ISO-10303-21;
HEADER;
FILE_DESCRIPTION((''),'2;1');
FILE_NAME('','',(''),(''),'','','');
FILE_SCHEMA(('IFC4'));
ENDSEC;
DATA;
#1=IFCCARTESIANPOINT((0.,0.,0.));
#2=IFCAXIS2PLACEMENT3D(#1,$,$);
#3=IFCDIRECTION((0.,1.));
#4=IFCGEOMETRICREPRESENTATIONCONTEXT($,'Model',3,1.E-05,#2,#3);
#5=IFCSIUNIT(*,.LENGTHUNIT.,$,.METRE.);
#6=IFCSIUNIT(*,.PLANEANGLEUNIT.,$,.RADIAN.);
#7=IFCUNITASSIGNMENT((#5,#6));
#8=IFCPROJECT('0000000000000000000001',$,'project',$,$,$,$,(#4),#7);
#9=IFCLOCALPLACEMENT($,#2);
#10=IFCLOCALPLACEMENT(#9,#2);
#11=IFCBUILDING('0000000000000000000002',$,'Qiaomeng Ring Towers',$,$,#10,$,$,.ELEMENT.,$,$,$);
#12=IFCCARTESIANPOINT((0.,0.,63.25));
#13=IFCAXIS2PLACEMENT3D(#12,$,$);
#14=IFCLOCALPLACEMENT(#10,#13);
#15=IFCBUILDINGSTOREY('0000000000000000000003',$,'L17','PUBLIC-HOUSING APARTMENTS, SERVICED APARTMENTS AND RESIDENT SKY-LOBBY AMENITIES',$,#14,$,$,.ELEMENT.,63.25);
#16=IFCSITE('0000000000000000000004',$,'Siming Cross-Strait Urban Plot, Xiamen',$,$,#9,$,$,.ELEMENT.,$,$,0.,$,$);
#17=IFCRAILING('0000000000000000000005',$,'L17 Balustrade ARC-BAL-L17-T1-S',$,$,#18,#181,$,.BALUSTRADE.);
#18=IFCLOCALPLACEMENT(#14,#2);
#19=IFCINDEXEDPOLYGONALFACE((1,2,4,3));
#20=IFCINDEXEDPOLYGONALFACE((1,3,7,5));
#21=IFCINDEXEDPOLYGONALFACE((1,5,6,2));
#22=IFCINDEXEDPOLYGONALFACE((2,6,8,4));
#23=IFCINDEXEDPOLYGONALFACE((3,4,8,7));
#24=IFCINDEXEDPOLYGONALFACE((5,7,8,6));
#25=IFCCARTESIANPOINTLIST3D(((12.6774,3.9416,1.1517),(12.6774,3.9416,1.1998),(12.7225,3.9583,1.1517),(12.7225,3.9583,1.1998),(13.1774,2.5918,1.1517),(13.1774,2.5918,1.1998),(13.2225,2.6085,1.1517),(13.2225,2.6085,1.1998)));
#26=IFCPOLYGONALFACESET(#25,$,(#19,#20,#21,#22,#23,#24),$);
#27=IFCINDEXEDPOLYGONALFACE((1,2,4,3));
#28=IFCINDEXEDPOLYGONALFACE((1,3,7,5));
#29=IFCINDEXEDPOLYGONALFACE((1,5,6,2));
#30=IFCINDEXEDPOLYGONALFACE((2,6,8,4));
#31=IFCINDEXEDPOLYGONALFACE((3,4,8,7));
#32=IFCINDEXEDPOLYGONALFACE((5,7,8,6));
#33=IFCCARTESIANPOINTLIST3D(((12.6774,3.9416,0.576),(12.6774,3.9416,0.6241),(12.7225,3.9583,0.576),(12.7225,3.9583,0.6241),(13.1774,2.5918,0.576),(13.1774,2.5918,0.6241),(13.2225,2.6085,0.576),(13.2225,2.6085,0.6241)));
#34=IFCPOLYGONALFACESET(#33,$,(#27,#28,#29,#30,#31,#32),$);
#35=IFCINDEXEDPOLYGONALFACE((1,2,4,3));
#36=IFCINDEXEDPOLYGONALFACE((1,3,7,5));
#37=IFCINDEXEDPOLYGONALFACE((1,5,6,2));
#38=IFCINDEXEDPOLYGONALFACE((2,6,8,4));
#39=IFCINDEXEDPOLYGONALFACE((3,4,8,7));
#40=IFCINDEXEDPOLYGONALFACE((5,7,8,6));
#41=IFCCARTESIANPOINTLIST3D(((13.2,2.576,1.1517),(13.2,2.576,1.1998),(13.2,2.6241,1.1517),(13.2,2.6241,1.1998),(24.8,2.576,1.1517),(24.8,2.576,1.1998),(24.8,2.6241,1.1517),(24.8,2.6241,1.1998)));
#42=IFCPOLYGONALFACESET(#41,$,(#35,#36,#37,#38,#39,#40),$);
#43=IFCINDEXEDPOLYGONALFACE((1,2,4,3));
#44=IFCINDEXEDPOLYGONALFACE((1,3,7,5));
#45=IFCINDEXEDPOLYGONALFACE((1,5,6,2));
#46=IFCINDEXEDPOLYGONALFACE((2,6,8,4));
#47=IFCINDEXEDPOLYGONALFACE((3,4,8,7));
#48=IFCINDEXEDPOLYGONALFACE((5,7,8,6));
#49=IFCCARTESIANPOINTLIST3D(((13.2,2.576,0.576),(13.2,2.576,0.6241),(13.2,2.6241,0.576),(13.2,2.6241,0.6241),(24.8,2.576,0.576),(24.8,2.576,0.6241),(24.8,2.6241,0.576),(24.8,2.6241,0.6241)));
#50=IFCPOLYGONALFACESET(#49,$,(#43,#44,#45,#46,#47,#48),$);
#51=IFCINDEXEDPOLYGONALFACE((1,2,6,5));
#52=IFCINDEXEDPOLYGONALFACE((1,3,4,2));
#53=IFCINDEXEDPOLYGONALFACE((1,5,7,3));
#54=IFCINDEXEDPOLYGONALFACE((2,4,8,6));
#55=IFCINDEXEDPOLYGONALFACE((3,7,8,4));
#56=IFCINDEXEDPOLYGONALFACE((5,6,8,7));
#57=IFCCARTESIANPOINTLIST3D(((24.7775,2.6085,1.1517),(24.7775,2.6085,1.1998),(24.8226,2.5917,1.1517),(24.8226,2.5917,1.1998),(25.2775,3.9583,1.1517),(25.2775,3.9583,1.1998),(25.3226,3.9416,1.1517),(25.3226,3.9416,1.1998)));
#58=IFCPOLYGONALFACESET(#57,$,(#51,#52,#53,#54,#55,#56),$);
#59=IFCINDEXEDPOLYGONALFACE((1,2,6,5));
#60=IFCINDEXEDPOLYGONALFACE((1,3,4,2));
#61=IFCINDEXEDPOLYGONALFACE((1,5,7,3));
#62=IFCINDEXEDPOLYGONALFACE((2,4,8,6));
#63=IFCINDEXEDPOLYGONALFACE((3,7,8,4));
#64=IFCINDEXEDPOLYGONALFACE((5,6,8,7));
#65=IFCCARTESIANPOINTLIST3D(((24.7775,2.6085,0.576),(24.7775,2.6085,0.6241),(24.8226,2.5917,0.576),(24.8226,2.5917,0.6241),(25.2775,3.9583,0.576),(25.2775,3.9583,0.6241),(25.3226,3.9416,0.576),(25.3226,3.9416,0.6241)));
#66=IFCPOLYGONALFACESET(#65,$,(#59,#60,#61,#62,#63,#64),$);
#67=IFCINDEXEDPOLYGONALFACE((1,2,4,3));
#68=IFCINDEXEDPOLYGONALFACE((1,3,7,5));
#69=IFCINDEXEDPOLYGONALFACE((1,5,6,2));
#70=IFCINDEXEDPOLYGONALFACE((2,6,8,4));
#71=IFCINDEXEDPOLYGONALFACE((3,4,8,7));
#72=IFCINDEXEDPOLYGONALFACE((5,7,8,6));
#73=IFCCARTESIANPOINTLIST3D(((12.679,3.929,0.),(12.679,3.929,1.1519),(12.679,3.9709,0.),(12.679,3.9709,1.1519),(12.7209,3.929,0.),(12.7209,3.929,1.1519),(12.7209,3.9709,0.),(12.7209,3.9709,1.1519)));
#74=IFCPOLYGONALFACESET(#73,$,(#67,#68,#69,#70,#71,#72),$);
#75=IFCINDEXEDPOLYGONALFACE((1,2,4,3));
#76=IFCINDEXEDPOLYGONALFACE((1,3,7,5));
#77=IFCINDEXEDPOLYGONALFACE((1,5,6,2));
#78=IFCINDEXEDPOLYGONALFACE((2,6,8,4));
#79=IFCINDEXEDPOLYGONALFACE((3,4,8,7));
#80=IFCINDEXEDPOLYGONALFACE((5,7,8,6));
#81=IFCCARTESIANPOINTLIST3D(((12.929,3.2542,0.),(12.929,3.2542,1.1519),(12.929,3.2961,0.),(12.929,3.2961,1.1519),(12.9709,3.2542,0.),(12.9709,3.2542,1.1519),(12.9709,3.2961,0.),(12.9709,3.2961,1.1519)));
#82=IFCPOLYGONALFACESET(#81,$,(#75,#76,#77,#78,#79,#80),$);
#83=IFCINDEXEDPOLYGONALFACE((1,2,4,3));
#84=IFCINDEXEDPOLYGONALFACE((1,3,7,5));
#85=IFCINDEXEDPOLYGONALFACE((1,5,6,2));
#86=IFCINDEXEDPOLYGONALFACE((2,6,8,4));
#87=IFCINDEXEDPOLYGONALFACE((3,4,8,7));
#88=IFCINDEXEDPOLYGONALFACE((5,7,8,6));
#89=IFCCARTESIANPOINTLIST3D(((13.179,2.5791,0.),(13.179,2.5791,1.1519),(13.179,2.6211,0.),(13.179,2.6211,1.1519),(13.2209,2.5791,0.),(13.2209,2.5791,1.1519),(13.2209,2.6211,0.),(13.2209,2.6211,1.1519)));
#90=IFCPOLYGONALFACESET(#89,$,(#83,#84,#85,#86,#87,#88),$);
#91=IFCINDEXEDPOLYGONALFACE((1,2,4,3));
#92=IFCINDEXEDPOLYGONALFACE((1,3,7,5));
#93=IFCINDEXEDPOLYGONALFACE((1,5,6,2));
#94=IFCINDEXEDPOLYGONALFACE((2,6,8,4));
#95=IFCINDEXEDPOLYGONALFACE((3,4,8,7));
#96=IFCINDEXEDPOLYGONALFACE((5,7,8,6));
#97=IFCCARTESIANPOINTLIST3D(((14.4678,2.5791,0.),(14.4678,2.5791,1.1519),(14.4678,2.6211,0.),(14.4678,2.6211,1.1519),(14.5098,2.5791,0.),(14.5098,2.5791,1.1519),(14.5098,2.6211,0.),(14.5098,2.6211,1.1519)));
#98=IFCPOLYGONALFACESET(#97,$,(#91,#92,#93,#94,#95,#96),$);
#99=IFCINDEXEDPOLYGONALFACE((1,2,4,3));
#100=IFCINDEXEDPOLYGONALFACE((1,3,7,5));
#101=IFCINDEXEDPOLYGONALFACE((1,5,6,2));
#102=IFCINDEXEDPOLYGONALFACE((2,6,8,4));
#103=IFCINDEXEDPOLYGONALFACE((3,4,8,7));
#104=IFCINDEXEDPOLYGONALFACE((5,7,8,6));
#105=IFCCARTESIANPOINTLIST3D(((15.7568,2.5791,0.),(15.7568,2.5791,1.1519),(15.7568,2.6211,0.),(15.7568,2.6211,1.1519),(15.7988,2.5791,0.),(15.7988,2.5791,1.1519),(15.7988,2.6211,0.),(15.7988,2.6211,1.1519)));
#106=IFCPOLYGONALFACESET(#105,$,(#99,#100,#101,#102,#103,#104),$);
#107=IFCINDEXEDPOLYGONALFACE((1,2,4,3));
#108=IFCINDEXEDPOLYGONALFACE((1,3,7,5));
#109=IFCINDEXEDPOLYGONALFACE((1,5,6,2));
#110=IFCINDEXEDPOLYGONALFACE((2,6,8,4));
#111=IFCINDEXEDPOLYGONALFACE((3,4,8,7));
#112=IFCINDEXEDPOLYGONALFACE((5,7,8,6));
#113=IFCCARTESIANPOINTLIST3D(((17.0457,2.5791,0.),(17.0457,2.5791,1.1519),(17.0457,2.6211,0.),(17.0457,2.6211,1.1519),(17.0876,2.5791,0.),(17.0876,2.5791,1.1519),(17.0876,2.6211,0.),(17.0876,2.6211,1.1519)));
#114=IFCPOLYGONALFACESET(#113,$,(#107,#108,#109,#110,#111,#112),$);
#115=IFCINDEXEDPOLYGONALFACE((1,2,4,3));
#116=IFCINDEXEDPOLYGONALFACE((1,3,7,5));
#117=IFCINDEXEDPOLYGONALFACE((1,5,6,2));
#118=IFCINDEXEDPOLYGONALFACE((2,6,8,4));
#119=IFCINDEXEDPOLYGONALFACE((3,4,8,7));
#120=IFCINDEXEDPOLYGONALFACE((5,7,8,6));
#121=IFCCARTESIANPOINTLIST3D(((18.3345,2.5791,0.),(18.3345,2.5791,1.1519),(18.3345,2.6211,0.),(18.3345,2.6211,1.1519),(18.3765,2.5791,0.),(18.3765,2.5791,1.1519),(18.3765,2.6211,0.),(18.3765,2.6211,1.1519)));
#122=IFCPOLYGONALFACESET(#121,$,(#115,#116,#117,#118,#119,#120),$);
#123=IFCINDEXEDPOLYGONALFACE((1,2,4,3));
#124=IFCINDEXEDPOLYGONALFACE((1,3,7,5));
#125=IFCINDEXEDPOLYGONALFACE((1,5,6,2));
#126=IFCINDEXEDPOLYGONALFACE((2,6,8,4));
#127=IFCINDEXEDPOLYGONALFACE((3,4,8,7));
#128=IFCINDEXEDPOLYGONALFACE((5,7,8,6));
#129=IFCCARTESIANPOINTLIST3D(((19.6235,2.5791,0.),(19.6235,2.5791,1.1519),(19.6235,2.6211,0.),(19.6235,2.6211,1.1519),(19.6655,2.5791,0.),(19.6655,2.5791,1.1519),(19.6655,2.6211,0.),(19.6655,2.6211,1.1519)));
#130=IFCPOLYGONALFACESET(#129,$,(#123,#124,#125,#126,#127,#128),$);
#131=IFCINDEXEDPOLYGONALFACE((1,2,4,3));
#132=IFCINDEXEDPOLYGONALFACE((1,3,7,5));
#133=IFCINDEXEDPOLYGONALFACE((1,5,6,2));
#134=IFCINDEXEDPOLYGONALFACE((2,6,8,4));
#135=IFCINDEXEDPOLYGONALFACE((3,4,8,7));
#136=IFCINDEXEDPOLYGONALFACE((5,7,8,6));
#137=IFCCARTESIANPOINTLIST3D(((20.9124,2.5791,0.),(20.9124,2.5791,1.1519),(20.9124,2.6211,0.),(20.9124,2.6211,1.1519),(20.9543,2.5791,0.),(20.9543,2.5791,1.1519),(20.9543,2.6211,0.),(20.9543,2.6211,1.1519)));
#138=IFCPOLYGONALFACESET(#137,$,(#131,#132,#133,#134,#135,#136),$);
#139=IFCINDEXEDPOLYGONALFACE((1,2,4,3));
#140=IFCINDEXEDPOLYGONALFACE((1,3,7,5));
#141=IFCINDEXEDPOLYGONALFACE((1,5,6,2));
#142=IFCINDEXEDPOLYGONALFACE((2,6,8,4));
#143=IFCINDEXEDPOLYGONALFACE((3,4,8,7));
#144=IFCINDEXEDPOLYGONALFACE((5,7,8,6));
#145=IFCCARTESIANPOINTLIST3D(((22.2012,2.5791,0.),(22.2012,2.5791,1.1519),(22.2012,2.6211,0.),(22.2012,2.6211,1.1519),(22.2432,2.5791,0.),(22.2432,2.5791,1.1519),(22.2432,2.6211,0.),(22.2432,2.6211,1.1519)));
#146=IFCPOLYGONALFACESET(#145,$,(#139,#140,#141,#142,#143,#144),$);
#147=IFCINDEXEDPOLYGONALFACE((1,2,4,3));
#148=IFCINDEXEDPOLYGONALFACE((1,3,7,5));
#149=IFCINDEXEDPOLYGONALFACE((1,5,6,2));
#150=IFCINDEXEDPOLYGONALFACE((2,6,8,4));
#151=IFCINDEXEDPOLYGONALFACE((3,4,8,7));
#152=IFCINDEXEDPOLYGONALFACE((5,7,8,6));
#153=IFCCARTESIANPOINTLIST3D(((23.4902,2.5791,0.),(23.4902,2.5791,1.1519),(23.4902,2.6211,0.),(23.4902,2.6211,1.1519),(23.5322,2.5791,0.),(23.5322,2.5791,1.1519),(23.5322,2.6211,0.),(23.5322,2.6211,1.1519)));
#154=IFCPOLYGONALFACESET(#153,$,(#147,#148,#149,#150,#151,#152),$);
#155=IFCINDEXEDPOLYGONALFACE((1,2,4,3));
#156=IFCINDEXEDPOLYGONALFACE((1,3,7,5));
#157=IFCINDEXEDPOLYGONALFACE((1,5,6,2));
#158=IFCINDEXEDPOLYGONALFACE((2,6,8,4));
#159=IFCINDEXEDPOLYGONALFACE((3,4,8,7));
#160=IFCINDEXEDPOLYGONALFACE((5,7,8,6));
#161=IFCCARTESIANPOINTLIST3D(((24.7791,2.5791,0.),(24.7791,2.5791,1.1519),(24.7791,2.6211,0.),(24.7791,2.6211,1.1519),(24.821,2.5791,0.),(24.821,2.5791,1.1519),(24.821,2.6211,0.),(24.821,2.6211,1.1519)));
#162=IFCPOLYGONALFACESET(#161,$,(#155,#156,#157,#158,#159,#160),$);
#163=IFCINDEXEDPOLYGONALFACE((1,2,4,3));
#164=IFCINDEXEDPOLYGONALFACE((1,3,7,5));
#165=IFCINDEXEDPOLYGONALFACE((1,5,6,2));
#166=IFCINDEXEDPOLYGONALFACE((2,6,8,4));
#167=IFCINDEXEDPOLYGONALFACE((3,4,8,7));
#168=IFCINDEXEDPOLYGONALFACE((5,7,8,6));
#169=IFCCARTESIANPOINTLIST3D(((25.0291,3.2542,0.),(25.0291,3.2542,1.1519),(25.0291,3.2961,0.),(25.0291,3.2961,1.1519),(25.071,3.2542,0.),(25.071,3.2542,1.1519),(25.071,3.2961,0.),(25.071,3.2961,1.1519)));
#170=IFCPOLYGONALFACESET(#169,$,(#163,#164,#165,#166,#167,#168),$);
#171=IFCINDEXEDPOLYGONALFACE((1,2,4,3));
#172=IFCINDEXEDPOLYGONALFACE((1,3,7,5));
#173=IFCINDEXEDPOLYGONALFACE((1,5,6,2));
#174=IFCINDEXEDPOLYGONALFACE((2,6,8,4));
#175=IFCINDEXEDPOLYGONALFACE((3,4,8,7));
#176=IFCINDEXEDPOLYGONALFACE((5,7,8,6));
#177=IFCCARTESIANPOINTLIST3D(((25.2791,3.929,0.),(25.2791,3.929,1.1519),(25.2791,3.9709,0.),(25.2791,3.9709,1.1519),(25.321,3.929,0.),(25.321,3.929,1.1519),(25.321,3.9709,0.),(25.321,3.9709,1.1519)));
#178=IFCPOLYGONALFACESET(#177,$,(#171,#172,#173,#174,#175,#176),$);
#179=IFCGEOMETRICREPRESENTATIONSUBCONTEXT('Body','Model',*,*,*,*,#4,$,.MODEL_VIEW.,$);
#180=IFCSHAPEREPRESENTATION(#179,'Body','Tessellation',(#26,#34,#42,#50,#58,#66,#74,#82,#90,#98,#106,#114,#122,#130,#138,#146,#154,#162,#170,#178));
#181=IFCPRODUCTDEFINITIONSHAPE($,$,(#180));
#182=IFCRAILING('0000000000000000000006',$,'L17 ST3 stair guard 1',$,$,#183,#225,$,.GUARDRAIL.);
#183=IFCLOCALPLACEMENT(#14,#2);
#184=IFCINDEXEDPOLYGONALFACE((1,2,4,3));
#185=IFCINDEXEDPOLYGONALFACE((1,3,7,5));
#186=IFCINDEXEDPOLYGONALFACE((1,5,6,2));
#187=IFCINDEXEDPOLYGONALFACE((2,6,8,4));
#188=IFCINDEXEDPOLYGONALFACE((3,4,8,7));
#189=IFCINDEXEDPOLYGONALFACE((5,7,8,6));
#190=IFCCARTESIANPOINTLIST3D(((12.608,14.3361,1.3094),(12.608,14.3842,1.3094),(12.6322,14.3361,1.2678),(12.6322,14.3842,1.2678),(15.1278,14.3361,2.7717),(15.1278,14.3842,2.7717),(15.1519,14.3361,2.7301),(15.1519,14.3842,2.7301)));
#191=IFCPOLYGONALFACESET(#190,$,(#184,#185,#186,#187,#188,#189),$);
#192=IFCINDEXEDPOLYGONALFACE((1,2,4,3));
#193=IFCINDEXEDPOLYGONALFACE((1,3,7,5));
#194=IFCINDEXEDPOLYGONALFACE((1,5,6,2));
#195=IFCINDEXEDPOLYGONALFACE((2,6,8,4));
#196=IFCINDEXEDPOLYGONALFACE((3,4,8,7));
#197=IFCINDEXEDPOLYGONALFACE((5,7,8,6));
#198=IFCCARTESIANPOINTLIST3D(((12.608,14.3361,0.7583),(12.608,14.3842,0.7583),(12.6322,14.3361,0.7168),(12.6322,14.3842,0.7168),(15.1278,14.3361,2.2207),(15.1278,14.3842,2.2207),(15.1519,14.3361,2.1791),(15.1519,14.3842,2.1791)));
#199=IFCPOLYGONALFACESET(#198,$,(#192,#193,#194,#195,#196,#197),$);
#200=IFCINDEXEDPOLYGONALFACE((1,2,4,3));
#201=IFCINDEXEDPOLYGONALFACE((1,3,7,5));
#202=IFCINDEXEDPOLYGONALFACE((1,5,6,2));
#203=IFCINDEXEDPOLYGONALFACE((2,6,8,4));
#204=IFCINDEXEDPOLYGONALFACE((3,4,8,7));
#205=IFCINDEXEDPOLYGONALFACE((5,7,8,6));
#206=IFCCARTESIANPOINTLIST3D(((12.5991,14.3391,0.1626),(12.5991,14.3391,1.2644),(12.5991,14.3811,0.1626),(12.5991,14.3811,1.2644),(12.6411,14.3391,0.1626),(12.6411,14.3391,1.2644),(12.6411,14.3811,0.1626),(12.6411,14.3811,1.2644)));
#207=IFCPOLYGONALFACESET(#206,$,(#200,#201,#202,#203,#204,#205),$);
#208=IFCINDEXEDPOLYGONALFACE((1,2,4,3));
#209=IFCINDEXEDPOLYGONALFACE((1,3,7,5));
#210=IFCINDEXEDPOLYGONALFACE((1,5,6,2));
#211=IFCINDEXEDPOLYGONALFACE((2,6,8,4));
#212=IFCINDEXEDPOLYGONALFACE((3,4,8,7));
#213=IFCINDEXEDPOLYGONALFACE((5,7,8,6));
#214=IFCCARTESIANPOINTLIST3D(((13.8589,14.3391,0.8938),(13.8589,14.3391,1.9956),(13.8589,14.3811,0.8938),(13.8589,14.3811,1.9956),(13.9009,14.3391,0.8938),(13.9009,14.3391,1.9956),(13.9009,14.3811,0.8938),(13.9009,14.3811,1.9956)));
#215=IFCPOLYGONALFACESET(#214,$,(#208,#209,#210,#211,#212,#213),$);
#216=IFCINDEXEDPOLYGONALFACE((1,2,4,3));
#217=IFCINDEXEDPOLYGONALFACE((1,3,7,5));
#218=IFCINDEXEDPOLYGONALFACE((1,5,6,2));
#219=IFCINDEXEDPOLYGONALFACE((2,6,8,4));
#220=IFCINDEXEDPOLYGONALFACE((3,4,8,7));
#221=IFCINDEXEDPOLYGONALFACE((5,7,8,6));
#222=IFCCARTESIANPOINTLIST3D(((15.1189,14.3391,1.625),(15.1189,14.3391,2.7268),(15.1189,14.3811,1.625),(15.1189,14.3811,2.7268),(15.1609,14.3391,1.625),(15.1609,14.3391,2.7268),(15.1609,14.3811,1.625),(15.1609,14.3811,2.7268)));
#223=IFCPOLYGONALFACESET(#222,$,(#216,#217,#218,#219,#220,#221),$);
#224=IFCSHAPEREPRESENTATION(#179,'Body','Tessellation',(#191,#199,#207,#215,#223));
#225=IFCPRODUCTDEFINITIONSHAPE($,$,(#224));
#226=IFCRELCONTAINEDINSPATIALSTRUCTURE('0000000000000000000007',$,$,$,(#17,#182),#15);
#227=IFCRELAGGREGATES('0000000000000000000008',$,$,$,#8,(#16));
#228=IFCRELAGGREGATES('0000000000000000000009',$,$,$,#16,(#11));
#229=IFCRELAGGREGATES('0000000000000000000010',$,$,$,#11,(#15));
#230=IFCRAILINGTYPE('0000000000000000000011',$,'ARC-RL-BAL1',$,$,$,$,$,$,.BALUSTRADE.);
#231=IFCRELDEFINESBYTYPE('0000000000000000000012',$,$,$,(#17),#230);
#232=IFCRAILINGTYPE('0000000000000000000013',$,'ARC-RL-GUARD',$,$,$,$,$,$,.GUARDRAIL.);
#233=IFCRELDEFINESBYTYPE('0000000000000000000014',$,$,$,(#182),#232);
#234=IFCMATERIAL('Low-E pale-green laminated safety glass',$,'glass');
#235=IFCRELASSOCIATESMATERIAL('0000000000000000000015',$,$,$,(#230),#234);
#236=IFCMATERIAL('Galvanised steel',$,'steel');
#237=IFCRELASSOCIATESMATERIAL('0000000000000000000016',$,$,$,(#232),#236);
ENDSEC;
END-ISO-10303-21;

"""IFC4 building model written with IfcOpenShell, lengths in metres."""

from ifc_helpers import new_model, si_unit, direction, frame, origin, origin_2d, place, context, subcontext, project, spatial, rectangle, extrude, material, type_object, element, save


model = new_model("IFC4")

# Units and contexts
model_context = context("Model", 3, precision=1e-05, world=origin(), true_north=direction((0.0, 1.0)))
body_context = subcontext(model_context, "Body", "Model", "MODEL_VIEW")
ifc_project = project(units=[si_unit("LENGTHUNIT", "METRE"), si_unit("PLANEANGLEUNIT", "RADIAN")], contexts=[model_context])

# Site, building, storey
site_placement = place(None, origin())
site = spatial("IfcSite", under=ifc_project, at=site_placement, Name="Siming Cross-Strait Urban Plot, Xiamen", CompositionType="ELEMENT", RefElevation=0.0)
building_placement = place(site_placement, origin())
building = spatial("IfcBuilding", under=site, at=building_placement, Name="Qiaomeng Ring Towers", CompositionType="ELEMENT")
storey_placement = place(building_placement, frame((0.0, 0.0, 63.25)))
storey = spatial("IfcBuildingStorey", under=building, at=storey_placement, Name="L17", Description="PUBLIC-HOUSING APARTMENTS, SERVICED APARTMENTS AND RESIDENT SKY-LOBBY AMENITIES", CompositionType="ELEMENT", Elevation=63.25)

# Shared definitions
ifc_material_1 = material(Name="Galvanised steel", Category="steel")

# Railings
ifc_material_2 = material(Name="Low-E pale-green laminated safety glass", Category="glass")
railing_type_1 = type_object("IfcRailingType", Name="ARC-RL-BAL1", PredefinedType="BALUSTRADE", material=ifc_material_2)
railing_1_placement = place(storey_placement, frame((12.7, 3.95, 0.0)))
element("IfcRailing", 1, at=railing_1_placement, inside=storey, type_object=railing_type_1, Name="L17 Balustrade ARC-BAL-L17-T1-S", PredefinedType="BALUSTRADE", context=body_context, shape_type="SweptSolid", body=[
    extrude(rectangle(XDim=0.0481, YDim=0.0481, at=origin_2d()), frame((0.0, 0.0, 1.1758), z_axis=(0.347347, -0.937736, 0.0), x_axis=(0.937736, 0.347347, 0.0)), (0.0, 0.0, 1.0), 1.4395),
    extrude(rectangle(XDim=0.0481, YDim=0.0481, at=origin_2d()), frame((0.0, 0.0, 0.6001), z_axis=(0.347347, -0.937736, 0.0), x_axis=(0.937736, 0.347347, 0.0)), (0.0, 0.0, 1.0), 1.4395),
    extrude(rectangle(XDim=0.0481, YDim=0.0481, at=origin_2d()), frame((0.5, -1.3499, 1.1758), z_axis=(1.0, 0.0, 0.0), x_axis=(0.0, 1.0, 0.0)), (0.0, 0.0, 1.0), 11.6001),
    extrude(rectangle(XDim=0.0481, YDim=0.0481, at=origin_2d()), frame((0.5, -1.3499, 0.6001), z_axis=(1.0, 0.0, 0.0), x_axis=(0.0, 1.0, 0.0)), (0.0, 0.0, 1.0), 11.6001),
    extrude(rectangle(XDim=0.0481, YDim=0.0481, at=origin_2d()), frame((12.1001, -1.3499, 1.1758), z_axis=(0.347347, 0.937736, 0.0), x_axis=(-0.937736, 0.347347, 0.0)), (0.0, 0.0, 1.0), 1.4395),
    extrude(rectangle(XDim=0.0481, YDim=0.0481, at=origin_2d()), frame((12.1001, -1.3499, 0.6001), z_axis=(0.347347, 0.937736, 0.0), x_axis=(-0.937736, 0.347347, 0.0)), (0.0, 0.0, 1.0), 1.4395),
    extrude(rectangle(XDim=0.042, YDim=0.042, at=origin_2d()), origin(), (0.0, 0.0, 1.0), 1.1519),
    extrude(rectangle(XDim=0.042, YDim=0.042, at=origin_2d()), frame((0.25, -0.6748, 0.0)), (0.0, 0.0, 1.0), 1.1519),
    extrude(rectangle(XDim=0.042, YDim=0.042, at=origin_2d()), frame((0.5, -1.3499, 0.0)), (0.0, 0.0, 1.0), 1.1519),
    extrude(rectangle(XDim=0.042, YDim=0.042, at=origin_2d()), frame((1.7888, -1.3499, 0.0)), (0.0, 0.0, 1.0), 1.1519),
    extrude(rectangle(XDim=0.042, YDim=0.042, at=origin_2d()), frame((3.0779, -1.3499, 0.0)), (0.0, 0.0, 1.0), 1.1519),
    extrude(rectangle(XDim=0.042, YDim=0.042, at=origin_2d()), frame((4.3667, -1.3499, 0.0)), (0.0, 0.0, 1.0), 1.1519),
    extrude(rectangle(XDim=0.042, YDim=0.042, at=origin_2d()), frame((5.6555, -1.3499, 0.0)), (0.0, 0.0, 1.0), 1.1519),
    extrude(rectangle(XDim=0.042, YDim=0.042, at=origin_2d()), frame((6.9446, -1.3499, 0.0)), (0.0, 0.0, 1.0), 1.1519),
    extrude(rectangle(XDim=0.042, YDim=0.042, at=origin_2d()), frame((8.2334, -1.3499, 0.0)), (0.0, 0.0, 1.0), 1.1519),
    extrude(rectangle(XDim=0.042, YDim=0.042, at=origin_2d()), frame((9.5222, -1.3499, 0.0)), (0.0, 0.0, 1.0), 1.1519),
    extrude(rectangle(XDim=0.042, YDim=0.042, at=origin_2d()), frame((10.8113, -1.3499, 0.0)), (0.0, 0.0, 1.0), 1.1519),
    extrude(rectangle(XDim=0.042, YDim=0.042, at=origin_2d()), frame((12.1001, -1.3499, 0.0)), (0.0, 0.0, 1.0), 1.1519),
    extrude(rectangle(XDim=0.042, YDim=0.042, at=origin_2d()), frame((12.3501, -0.6748, 0.0)), (0.0, 0.0, 1.0), 1.1519),
    extrude(rectangle(XDim=0.042, YDim=0.042, at=origin_2d()), frame((12.6001, 0.0, 0.0)), (0.0, 0.0, 1.0), 1.1519),
])
railing_type_2 = type_object("IfcRailingType", Name="ARC-RL-GUARD", PredefinedType="GUARDRAIL", material=ifc_material_1)
railing_2_placement = place(storey_placement, frame((12.6201, 14.3601, 0.1626)))
element("IfcRailing", 2, at=railing_2_placement, inside=storey, type_object=railing_type_2, Name="L17 ST3 stair guard 1", PredefinedType="GUARDRAIL", context=body_context, shape_type="SweptSolid", body=[
    extrude(rectangle(XDim=0.0481, YDim=0.0481, at=origin_2d()), frame((0.0, 0.0, 1.126), z_axis=(0.864892, 0.0, 0.501958), x_axis=(0.0, 1.0, 0.0)), (0.0, 0.0, 1.0), 2.9133),
    extrude(rectangle(XDim=0.0481, YDim=0.0481, at=origin_2d()), frame((0.0, 0.0, 0.575), z_axis=(0.864892, 0.0, 0.501958), x_axis=(0.0, 1.0, 0.0)), (0.0, 0.0, 1.0), 2.9133),
    extrude(rectangle(XDim=0.042, YDim=0.042, at=origin_2d()), origin(), (0.0, 0.0, 1.0), 1.1018),
    extrude(rectangle(XDim=0.042, YDim=0.042, at=origin_2d()), frame((1.2598, 0.0, 0.7312)), (0.0, 0.0, 1.0), 1.1018),
    extrude(rectangle(XDim=0.042, YDim=0.042, at=origin_2d()), frame((2.5198, 0.0, 1.4624)), (0.0, 0.0, 1.0), 1.1018),
])

save(model, "model.ifc")
